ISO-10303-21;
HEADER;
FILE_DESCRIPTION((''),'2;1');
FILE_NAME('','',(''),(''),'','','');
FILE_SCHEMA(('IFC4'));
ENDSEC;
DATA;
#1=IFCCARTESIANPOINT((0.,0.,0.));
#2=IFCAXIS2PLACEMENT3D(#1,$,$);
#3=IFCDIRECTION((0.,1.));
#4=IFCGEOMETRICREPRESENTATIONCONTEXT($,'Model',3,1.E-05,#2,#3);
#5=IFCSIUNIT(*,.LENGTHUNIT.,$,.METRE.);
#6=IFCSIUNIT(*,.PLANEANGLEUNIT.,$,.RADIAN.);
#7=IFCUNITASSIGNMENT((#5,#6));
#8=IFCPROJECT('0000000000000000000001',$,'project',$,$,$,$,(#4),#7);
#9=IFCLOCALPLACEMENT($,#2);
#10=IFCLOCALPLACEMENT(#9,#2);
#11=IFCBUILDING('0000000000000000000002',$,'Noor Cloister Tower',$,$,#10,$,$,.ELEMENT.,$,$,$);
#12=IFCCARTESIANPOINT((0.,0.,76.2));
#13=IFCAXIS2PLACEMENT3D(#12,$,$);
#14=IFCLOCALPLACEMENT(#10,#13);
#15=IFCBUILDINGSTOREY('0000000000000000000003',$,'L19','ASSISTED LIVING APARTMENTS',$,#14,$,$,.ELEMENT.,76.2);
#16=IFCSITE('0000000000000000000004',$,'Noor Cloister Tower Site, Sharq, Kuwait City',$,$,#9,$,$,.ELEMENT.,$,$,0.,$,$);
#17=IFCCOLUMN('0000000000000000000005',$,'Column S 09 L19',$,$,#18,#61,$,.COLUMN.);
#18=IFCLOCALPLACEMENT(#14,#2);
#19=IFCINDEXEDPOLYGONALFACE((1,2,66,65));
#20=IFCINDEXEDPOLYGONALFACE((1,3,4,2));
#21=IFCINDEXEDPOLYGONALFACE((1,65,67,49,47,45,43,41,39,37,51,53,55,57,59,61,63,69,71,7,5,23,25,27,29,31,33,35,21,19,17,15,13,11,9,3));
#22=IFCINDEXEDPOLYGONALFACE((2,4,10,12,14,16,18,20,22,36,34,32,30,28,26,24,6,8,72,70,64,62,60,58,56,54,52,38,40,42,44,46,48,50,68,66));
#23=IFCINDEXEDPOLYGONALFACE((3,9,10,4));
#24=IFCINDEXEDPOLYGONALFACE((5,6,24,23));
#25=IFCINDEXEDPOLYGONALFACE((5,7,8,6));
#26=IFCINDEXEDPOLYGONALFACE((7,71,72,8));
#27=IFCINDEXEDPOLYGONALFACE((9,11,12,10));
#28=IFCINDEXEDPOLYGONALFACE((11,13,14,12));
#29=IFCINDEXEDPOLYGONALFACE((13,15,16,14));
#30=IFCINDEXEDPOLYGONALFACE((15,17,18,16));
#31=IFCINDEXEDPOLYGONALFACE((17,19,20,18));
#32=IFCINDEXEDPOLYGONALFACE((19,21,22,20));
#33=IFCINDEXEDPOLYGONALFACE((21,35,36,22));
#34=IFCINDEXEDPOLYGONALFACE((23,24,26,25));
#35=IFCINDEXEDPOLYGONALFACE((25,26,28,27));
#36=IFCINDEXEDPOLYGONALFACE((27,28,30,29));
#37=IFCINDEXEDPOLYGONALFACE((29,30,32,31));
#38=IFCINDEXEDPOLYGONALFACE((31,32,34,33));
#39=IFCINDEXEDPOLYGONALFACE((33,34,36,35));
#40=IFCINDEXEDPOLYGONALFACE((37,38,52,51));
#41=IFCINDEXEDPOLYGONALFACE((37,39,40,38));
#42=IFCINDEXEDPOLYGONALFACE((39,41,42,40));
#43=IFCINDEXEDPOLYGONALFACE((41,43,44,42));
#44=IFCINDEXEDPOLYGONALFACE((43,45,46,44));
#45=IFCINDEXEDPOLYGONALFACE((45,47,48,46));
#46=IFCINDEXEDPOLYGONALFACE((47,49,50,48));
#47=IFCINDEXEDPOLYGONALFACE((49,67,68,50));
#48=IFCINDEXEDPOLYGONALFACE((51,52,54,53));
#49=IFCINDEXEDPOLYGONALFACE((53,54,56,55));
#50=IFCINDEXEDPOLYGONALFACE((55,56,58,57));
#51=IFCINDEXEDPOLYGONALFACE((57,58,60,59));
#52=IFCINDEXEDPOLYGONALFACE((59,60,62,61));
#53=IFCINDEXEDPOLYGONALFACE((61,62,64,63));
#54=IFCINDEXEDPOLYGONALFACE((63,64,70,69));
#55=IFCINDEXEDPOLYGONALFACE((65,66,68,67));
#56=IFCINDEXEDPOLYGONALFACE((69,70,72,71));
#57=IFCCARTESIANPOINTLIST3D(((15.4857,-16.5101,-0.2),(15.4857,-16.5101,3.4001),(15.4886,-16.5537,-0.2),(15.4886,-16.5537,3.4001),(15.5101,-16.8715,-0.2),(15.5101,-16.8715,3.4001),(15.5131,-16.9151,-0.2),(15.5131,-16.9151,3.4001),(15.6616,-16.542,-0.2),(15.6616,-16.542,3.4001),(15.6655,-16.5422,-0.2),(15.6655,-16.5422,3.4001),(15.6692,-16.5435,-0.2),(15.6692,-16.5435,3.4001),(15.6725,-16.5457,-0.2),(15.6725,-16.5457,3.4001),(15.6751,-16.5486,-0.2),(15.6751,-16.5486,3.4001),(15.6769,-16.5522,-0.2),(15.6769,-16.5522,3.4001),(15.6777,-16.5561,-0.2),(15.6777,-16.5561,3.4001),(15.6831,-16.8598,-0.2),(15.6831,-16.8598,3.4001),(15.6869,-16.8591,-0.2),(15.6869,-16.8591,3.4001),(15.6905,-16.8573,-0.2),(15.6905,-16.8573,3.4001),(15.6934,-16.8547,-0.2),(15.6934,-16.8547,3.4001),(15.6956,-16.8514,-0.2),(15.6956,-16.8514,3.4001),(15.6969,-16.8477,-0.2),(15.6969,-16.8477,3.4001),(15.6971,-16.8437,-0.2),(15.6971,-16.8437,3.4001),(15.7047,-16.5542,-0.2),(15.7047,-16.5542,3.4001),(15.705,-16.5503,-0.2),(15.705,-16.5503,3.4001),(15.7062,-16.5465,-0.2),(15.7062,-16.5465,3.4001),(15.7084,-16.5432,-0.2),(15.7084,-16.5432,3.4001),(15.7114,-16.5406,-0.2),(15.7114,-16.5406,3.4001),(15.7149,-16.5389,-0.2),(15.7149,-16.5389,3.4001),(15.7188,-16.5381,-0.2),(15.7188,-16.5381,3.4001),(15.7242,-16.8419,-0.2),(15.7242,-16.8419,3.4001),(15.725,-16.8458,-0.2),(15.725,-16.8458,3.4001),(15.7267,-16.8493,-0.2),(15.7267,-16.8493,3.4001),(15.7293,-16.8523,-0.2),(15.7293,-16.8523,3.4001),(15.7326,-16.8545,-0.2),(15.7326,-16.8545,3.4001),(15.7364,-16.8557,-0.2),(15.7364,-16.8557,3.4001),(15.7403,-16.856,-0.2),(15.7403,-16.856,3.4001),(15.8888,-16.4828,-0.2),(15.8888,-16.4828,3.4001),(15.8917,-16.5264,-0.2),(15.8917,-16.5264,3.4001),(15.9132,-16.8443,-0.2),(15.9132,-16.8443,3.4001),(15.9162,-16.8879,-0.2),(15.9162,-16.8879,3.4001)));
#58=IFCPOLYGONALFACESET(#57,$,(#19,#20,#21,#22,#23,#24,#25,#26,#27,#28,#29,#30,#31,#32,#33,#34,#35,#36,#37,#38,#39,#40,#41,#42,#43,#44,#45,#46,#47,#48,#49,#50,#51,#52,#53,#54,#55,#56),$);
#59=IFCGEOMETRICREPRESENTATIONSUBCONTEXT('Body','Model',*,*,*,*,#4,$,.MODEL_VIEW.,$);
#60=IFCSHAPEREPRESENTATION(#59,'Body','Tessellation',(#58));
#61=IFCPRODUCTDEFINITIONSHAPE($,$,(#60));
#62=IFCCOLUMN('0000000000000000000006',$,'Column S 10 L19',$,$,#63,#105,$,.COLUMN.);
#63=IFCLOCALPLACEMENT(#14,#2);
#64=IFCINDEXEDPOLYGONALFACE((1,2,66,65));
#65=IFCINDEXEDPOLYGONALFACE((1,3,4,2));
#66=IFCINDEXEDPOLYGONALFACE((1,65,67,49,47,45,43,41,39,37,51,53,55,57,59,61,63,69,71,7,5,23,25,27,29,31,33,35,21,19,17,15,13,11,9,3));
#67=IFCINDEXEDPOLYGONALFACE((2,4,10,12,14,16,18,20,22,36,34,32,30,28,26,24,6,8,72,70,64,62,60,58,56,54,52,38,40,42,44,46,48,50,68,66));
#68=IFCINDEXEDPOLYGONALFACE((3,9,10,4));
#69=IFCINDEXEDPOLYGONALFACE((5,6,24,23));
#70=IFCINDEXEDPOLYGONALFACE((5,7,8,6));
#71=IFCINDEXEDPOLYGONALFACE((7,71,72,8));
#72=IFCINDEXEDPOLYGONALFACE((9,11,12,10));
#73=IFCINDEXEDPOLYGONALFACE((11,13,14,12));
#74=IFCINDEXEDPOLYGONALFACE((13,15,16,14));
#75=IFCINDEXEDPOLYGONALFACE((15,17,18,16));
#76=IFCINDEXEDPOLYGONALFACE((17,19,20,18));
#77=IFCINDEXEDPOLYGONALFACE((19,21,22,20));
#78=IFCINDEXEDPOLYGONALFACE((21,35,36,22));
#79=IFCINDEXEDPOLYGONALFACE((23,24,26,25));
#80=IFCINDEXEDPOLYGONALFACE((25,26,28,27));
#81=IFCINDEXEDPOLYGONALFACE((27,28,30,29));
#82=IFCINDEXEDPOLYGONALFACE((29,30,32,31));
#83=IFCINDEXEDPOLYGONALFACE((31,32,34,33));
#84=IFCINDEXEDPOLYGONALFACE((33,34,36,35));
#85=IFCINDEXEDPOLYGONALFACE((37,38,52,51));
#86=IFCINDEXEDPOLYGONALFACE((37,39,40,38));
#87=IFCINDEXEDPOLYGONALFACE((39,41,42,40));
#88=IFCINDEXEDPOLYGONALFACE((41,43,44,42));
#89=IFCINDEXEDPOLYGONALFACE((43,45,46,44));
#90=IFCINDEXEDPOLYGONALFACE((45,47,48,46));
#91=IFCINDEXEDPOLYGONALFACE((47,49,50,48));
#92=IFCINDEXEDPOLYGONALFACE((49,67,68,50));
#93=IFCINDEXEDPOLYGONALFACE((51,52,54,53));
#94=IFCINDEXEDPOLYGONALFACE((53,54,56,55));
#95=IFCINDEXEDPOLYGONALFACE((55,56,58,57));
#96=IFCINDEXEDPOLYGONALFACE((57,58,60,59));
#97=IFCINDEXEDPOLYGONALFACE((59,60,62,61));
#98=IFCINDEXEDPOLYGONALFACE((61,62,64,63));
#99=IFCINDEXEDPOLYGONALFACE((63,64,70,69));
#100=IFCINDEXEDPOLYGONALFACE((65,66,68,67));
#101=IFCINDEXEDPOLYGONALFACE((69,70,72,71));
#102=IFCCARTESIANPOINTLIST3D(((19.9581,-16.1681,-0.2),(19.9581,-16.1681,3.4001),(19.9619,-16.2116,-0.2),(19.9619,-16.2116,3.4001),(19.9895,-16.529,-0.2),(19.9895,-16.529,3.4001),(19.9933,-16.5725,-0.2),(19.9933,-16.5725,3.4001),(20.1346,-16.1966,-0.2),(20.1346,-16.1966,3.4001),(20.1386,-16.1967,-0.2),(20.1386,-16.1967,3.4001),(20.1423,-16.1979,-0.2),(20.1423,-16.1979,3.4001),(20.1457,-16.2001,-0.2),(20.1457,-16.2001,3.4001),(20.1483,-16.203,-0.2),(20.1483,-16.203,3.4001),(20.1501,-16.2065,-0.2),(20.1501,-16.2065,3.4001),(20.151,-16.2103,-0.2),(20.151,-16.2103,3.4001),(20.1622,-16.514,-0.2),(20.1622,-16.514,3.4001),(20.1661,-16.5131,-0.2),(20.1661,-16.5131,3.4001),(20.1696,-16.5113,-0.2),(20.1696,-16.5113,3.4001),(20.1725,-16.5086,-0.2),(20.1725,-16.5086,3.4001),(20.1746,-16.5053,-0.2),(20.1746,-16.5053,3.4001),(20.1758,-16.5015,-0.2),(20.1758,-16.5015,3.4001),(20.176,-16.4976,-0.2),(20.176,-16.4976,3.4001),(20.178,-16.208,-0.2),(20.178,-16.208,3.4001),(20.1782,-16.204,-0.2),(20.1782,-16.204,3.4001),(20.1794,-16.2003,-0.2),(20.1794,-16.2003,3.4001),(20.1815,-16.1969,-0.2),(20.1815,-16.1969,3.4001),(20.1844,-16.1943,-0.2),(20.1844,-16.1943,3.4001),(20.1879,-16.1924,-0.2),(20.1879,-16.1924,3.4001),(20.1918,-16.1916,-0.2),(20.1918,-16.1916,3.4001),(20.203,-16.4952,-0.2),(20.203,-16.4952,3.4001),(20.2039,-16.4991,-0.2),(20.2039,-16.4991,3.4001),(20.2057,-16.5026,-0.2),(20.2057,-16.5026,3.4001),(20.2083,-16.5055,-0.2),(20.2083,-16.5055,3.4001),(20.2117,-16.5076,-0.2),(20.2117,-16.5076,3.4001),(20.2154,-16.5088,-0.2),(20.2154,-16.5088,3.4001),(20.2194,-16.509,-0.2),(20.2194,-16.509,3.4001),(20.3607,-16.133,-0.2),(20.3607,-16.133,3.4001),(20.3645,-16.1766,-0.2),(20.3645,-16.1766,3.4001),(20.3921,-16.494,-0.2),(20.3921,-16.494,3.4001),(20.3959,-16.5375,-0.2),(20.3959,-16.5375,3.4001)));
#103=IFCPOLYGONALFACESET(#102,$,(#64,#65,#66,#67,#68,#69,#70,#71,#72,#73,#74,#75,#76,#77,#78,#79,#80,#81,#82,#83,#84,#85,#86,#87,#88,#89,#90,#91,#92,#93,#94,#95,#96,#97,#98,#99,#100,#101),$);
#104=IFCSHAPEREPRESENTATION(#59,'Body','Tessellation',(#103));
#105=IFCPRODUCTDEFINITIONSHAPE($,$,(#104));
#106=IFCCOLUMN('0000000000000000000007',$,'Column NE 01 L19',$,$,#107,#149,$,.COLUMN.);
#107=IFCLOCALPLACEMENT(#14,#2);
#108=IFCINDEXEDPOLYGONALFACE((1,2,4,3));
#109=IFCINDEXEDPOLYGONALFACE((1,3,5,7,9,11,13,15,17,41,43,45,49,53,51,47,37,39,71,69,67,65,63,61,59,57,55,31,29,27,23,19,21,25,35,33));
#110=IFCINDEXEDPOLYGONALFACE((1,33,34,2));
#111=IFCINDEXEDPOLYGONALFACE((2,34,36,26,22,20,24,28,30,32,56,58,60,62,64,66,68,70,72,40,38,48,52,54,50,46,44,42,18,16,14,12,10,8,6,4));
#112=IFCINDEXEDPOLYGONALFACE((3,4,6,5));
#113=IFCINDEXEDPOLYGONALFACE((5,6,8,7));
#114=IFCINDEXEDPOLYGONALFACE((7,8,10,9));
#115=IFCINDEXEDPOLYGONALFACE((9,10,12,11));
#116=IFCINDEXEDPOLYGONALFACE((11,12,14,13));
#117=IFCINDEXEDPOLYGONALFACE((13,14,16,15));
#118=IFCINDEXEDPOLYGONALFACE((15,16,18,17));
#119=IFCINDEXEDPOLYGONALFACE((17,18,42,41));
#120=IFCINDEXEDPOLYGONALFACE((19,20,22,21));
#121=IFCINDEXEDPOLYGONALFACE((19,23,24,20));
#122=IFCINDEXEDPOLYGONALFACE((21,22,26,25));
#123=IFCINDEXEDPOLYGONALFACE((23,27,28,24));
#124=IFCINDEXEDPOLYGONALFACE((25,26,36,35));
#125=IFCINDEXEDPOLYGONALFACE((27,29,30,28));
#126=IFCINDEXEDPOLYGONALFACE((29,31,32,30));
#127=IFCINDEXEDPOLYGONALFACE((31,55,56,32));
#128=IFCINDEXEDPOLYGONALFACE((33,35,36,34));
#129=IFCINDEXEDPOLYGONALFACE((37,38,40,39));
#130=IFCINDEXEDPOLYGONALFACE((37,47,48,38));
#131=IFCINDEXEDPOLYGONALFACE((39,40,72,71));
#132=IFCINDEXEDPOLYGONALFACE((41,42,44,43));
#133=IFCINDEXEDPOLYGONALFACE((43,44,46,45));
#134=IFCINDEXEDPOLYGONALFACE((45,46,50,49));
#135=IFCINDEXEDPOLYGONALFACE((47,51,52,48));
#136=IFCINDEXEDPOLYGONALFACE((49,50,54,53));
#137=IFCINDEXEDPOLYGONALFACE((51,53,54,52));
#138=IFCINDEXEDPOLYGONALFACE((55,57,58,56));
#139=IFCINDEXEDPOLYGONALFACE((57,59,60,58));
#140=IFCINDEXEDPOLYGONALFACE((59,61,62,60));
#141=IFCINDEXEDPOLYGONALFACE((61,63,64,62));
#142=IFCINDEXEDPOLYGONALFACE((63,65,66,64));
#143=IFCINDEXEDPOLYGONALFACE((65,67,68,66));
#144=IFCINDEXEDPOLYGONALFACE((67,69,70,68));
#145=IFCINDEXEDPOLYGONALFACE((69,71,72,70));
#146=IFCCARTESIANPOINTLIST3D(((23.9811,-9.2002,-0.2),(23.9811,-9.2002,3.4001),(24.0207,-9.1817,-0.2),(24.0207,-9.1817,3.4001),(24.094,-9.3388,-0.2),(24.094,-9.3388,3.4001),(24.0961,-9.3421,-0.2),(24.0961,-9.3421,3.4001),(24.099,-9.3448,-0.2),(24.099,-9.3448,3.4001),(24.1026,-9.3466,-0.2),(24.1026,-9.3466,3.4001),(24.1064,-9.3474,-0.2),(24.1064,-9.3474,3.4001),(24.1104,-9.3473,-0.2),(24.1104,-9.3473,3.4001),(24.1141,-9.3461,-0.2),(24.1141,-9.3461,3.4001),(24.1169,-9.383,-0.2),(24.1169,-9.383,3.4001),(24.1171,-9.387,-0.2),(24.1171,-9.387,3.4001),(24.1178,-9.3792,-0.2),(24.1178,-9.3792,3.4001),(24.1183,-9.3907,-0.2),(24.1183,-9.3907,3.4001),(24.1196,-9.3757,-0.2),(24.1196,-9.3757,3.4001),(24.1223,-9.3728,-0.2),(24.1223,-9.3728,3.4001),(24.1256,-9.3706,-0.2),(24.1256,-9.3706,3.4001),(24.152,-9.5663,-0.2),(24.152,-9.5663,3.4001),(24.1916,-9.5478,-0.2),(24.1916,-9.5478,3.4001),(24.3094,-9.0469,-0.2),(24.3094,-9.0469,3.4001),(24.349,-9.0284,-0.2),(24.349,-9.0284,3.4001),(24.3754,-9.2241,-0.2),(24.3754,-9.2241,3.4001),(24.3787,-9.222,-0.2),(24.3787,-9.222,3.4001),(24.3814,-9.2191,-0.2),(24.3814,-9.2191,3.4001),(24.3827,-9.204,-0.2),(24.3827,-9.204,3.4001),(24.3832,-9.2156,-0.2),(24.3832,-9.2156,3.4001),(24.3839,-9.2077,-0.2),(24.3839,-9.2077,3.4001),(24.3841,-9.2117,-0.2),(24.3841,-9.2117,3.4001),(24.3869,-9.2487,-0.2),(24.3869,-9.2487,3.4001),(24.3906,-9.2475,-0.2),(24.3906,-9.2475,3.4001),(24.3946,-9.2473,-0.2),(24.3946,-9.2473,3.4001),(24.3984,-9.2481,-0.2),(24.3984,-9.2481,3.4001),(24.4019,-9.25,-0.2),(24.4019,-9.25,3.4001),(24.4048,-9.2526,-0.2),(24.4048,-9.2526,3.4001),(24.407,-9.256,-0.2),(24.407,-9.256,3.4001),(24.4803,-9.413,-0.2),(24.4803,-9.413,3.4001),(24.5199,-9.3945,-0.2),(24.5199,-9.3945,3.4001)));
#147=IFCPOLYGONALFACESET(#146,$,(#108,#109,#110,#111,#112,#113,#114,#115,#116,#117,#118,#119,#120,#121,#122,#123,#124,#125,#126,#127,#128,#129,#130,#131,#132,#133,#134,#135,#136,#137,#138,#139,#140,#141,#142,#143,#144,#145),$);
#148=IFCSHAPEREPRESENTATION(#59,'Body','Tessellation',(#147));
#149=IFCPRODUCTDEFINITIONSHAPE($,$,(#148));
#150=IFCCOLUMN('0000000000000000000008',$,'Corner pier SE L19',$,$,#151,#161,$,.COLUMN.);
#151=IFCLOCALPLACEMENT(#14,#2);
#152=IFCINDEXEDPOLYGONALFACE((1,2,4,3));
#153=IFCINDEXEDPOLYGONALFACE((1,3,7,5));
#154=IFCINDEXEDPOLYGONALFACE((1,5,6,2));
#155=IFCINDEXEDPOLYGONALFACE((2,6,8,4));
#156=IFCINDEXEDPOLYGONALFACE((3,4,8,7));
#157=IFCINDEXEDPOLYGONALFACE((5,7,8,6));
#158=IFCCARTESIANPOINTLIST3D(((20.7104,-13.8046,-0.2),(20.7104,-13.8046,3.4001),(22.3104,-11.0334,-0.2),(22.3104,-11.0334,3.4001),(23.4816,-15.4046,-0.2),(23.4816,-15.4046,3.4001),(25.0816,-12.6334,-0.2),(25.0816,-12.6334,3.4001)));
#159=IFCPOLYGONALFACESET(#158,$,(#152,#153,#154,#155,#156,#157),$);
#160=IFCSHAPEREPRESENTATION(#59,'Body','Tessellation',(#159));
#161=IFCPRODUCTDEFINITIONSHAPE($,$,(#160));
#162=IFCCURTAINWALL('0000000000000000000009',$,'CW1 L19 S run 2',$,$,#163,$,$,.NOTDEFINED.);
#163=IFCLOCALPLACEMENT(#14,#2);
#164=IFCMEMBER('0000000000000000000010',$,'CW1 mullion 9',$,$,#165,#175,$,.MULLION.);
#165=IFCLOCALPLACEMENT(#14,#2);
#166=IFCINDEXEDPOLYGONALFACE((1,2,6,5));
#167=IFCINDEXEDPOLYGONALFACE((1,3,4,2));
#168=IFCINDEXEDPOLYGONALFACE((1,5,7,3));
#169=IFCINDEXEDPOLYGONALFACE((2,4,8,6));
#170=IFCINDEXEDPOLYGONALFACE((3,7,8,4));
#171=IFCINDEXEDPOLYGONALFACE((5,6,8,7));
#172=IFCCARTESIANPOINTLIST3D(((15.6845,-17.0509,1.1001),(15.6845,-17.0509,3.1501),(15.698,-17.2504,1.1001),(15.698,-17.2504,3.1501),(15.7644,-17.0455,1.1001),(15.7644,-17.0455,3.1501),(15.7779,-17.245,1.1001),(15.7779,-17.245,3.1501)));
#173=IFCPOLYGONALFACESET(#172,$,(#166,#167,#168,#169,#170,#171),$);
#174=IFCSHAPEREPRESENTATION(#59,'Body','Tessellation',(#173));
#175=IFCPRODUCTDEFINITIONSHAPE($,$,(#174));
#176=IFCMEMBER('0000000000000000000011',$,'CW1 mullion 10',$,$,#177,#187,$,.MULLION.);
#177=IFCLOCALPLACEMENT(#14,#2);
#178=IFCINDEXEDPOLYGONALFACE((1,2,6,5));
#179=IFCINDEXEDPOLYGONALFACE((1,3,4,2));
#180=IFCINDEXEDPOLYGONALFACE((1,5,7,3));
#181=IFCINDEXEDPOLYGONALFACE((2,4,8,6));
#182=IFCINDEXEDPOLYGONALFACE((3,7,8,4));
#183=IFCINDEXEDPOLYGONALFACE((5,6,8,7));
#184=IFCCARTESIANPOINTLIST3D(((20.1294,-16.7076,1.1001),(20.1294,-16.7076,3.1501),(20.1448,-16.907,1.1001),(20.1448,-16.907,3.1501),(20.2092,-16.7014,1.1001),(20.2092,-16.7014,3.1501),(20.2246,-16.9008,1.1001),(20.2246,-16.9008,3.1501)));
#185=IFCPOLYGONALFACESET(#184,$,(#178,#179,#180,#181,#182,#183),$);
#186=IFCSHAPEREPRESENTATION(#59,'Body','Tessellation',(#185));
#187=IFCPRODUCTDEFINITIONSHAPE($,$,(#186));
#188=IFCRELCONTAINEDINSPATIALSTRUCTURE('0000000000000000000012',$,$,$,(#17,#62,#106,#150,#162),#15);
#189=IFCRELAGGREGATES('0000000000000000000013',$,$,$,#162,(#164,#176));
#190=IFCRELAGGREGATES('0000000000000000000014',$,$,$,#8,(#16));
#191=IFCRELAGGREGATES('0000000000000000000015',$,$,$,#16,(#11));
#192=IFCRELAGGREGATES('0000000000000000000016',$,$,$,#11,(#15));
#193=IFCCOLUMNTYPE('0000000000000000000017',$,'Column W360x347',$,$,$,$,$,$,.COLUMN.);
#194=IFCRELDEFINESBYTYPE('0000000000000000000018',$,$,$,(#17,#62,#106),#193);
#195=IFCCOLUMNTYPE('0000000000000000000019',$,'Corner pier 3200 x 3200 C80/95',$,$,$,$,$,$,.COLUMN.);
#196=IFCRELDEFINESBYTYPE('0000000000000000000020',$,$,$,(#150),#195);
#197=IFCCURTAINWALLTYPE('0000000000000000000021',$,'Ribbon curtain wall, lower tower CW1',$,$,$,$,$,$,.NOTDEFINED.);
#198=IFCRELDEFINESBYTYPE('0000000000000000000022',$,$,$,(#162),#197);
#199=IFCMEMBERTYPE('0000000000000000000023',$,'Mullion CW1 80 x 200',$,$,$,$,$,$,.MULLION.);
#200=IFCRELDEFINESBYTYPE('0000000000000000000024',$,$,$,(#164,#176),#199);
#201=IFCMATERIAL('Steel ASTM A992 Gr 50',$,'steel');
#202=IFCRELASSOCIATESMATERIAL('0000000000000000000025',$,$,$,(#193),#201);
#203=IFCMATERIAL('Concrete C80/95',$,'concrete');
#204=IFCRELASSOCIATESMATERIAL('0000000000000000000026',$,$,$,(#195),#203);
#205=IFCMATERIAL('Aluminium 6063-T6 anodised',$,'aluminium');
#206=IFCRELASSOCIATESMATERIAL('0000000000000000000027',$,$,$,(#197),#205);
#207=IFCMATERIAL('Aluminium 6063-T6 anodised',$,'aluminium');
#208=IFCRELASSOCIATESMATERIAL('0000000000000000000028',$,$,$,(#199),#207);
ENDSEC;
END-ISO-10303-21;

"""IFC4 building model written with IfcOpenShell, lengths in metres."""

from ifc_helpers import new_model, si_unit, direction, frame, origin, origin_2d, place, context, subcontext, project, spatial, rectangle, i_section, extrude, material, material_profile, profile_set, type_object, element, aggregate, save


model = new_model("IFC4")

# Units and contexts
model_context = context("Model", 3, precision=1e-05, world=origin(), true_north=direction((0.0, 1.0)))
body_context = subcontext(model_context, "Body", "Model", "MODEL_VIEW")
ifc_project = project(units=[si_unit("LENGTHUNIT", "METRE"), si_unit("PLANEANGLEUNIT", "RADIAN")], contexts=[model_context])

# Site, building, storey
site_placement = place(None, origin())
site = spatial("IfcSite", under=ifc_project, at=site_placement, Name="Noor Cloister Tower Site, Sharq, Kuwait City", CompositionType="ELEMENT", RefElevation=0.0)
building_placement = place(site_placement, origin())
building = spatial("IfcBuilding", under=site, at=building_placement, Name="Noor Cloister Tower", CompositionType="ELEMENT")
storey_placement = place(building_placement, frame((0.0, 0.0, 76.2)))
storey = spatial("IfcBuildingStorey", under=building, at=storey_placement, Name="L19", Description="ASSISTED LIVING APARTMENTS", CompositionType="ELEMENT", Elevation=76.2)

# Columns
ifc_material_1 = material(Name="Steel ASTM A992 Gr 50", Category="steel")
ifc_material_profile_1 = material_profile(ifc_material_1, i_section(OverallWidth=0.4041, OverallDepth=0.406, WebThickness=0.0271, FlangeThickness=0.0437, FilletRadius=0.0151, at=origin_2d()), Name="W360x347")
ifc_profile_set_1 = profile_set([ifc_material_profile_1], Name="Steel ASTM A992 Gr 50")
column_type_1 = type_object("IfcColumnType", Name="Column W360x347", PredefinedType="COLUMN", material=ifc_profile_set_1)
for number, where, z_axis, x_axis, name in (
    (1, (15.7009, -16.699, -0.2), (0.0, 0.0, 1.0), (0.997721, 0.067472, 0.0), "Column S 09 L19"),
    (2, (20.177, -16.3528, -0.2), (0.0, 0.0, 1.0), (0.996234, 0.086706, 0.0), "Column S 10 L19"),
    (3, (24.2505, -9.2974, -0.2), (0.0, 0.0, 1.0), (-0.423027, 0.906117, 0.0), "Column NE 01 L19"),
):
    element("IfcColumn", number, at=place(storey_placement, frame(where, z_axis=z_axis, x_axis=x_axis)), inside=storey, type_object=column_type_1, Name=name, PredefinedType="COLUMN", context=body_context, shape_type="SweptSolid", body=[
        extrude(i_section(OverallWidth=0.4041, OverallDepth=0.406, WebThickness=0.0271, FlangeThickness=0.0437, FilletRadius=0.0151, at=origin_2d()), origin(), (0.0, 0.0, 1.0), 3.6001),
    ])
ifc_material_2 = material(Name="Concrete C80/95", Category="concrete")
ifc_material_profile_2 = material_profile(ifc_material_2, rectangle(XDim=3.2, YDim=3.2, at=origin_2d()), Name="RC 3200x3200")
ifc_profile_set_2 = profile_set([ifc_material_profile_2], Name="Concrete C80/95")
column_type_2 = type_object("IfcColumnType", Name="Corner pier 3200 x 3200 C80/95", PredefinedType="COLUMN", material=ifc_profile_set_2)
column_placement = place(storey_placement, frame((22.896, -13.219, -0.2), z_axis=(0.0, 0.0, 1.0), x_axis=(0.866025, -0.5, 0.0)))
element("IfcColumn", 4, at=column_placement, inside=storey, type_object=column_type_2, Name="Corner pier SE L19", PredefinedType="COLUMN", context=body_context, shape_type="SweptSolid", body=[
    extrude(rectangle(XDim=3.2, YDim=3.2, at=origin_2d()), origin(), (0.0, 0.0, 1.0), 3.6001),
])

# Curtain wall, members
ifc_material_3 = material(Name="Aluminium 6063-T6 anodised", Category="aluminium")
curtain_wall_type = type_object("IfcCurtainWallType", Name="Ribbon curtain wall, lower tower CW1", PredefinedType="NOTDEFINED", material=ifc_material_3)
curtain_wall_placement = place(storey_placement, origin())
curtain_wall = element("IfcCurtainWall", 5, at=curtain_wall_placement, inside=storey, type_object=curtain_wall_type, Name="CW1 L19 S run 2", PredefinedType="NOTDEFINED")
ifc_material_4 = material(Name="Aluminium 6063-T6 anodised", Category="aluminium")
ifc_material_profile_3 = material_profile(ifc_material_4, rectangle(XDim=0.2, YDim=0.0801, at=origin_2d()), Name="200 x 80 mullion")
ifc_profile_set_3 = profile_set([ifc_material_profile_3], Name="Aluminium 6063-T6 anodised")
member_type = type_object("IfcMemberType", Name="Mullion CW1 80 x 200", PredefinedType="MULLION", material=ifc_profile_set_3)
member_1_placement = place(storey_placement, frame((15.7312, -17.1479, 1.1001), z_axis=(0.0, 0.0, 1.0), x_axis=(-0.067472, 0.997721, 0.0)))
member_1 = element("IfcMember", 6, at=member_1_placement, type_object=member_type, Name="CW1 mullion 9", PredefinedType="MULLION", context=body_context, shape_type="SweptSolid", body=[
    extrude(rectangle(XDim=0.2, YDim=0.0801, at=origin_2d()), origin(), (0.0, 0.0, 1.0), 2.05),
])
member_2_placement = place(storey_placement, frame((20.177, -16.8042, 1.1001), z_axis=(0.0, 0.0, 1.0), x_axis=(-0.077093, 0.997024, 0.0)))
member_2 = element("IfcMember", 7, at=member_2_placement, type_object=member_type, Name="CW1 mullion 10", PredefinedType="MULLION", context=body_context, shape_type="SweptSolid", body=[
    extrude(rectangle(XDim=0.2, YDim=0.0801, at=origin_2d()), origin(), (0.0, 0.0, 1.0), 2.05),
])

aggregate(curtain_wall, [member_1, member_2])

save(model, "model.ifc")
